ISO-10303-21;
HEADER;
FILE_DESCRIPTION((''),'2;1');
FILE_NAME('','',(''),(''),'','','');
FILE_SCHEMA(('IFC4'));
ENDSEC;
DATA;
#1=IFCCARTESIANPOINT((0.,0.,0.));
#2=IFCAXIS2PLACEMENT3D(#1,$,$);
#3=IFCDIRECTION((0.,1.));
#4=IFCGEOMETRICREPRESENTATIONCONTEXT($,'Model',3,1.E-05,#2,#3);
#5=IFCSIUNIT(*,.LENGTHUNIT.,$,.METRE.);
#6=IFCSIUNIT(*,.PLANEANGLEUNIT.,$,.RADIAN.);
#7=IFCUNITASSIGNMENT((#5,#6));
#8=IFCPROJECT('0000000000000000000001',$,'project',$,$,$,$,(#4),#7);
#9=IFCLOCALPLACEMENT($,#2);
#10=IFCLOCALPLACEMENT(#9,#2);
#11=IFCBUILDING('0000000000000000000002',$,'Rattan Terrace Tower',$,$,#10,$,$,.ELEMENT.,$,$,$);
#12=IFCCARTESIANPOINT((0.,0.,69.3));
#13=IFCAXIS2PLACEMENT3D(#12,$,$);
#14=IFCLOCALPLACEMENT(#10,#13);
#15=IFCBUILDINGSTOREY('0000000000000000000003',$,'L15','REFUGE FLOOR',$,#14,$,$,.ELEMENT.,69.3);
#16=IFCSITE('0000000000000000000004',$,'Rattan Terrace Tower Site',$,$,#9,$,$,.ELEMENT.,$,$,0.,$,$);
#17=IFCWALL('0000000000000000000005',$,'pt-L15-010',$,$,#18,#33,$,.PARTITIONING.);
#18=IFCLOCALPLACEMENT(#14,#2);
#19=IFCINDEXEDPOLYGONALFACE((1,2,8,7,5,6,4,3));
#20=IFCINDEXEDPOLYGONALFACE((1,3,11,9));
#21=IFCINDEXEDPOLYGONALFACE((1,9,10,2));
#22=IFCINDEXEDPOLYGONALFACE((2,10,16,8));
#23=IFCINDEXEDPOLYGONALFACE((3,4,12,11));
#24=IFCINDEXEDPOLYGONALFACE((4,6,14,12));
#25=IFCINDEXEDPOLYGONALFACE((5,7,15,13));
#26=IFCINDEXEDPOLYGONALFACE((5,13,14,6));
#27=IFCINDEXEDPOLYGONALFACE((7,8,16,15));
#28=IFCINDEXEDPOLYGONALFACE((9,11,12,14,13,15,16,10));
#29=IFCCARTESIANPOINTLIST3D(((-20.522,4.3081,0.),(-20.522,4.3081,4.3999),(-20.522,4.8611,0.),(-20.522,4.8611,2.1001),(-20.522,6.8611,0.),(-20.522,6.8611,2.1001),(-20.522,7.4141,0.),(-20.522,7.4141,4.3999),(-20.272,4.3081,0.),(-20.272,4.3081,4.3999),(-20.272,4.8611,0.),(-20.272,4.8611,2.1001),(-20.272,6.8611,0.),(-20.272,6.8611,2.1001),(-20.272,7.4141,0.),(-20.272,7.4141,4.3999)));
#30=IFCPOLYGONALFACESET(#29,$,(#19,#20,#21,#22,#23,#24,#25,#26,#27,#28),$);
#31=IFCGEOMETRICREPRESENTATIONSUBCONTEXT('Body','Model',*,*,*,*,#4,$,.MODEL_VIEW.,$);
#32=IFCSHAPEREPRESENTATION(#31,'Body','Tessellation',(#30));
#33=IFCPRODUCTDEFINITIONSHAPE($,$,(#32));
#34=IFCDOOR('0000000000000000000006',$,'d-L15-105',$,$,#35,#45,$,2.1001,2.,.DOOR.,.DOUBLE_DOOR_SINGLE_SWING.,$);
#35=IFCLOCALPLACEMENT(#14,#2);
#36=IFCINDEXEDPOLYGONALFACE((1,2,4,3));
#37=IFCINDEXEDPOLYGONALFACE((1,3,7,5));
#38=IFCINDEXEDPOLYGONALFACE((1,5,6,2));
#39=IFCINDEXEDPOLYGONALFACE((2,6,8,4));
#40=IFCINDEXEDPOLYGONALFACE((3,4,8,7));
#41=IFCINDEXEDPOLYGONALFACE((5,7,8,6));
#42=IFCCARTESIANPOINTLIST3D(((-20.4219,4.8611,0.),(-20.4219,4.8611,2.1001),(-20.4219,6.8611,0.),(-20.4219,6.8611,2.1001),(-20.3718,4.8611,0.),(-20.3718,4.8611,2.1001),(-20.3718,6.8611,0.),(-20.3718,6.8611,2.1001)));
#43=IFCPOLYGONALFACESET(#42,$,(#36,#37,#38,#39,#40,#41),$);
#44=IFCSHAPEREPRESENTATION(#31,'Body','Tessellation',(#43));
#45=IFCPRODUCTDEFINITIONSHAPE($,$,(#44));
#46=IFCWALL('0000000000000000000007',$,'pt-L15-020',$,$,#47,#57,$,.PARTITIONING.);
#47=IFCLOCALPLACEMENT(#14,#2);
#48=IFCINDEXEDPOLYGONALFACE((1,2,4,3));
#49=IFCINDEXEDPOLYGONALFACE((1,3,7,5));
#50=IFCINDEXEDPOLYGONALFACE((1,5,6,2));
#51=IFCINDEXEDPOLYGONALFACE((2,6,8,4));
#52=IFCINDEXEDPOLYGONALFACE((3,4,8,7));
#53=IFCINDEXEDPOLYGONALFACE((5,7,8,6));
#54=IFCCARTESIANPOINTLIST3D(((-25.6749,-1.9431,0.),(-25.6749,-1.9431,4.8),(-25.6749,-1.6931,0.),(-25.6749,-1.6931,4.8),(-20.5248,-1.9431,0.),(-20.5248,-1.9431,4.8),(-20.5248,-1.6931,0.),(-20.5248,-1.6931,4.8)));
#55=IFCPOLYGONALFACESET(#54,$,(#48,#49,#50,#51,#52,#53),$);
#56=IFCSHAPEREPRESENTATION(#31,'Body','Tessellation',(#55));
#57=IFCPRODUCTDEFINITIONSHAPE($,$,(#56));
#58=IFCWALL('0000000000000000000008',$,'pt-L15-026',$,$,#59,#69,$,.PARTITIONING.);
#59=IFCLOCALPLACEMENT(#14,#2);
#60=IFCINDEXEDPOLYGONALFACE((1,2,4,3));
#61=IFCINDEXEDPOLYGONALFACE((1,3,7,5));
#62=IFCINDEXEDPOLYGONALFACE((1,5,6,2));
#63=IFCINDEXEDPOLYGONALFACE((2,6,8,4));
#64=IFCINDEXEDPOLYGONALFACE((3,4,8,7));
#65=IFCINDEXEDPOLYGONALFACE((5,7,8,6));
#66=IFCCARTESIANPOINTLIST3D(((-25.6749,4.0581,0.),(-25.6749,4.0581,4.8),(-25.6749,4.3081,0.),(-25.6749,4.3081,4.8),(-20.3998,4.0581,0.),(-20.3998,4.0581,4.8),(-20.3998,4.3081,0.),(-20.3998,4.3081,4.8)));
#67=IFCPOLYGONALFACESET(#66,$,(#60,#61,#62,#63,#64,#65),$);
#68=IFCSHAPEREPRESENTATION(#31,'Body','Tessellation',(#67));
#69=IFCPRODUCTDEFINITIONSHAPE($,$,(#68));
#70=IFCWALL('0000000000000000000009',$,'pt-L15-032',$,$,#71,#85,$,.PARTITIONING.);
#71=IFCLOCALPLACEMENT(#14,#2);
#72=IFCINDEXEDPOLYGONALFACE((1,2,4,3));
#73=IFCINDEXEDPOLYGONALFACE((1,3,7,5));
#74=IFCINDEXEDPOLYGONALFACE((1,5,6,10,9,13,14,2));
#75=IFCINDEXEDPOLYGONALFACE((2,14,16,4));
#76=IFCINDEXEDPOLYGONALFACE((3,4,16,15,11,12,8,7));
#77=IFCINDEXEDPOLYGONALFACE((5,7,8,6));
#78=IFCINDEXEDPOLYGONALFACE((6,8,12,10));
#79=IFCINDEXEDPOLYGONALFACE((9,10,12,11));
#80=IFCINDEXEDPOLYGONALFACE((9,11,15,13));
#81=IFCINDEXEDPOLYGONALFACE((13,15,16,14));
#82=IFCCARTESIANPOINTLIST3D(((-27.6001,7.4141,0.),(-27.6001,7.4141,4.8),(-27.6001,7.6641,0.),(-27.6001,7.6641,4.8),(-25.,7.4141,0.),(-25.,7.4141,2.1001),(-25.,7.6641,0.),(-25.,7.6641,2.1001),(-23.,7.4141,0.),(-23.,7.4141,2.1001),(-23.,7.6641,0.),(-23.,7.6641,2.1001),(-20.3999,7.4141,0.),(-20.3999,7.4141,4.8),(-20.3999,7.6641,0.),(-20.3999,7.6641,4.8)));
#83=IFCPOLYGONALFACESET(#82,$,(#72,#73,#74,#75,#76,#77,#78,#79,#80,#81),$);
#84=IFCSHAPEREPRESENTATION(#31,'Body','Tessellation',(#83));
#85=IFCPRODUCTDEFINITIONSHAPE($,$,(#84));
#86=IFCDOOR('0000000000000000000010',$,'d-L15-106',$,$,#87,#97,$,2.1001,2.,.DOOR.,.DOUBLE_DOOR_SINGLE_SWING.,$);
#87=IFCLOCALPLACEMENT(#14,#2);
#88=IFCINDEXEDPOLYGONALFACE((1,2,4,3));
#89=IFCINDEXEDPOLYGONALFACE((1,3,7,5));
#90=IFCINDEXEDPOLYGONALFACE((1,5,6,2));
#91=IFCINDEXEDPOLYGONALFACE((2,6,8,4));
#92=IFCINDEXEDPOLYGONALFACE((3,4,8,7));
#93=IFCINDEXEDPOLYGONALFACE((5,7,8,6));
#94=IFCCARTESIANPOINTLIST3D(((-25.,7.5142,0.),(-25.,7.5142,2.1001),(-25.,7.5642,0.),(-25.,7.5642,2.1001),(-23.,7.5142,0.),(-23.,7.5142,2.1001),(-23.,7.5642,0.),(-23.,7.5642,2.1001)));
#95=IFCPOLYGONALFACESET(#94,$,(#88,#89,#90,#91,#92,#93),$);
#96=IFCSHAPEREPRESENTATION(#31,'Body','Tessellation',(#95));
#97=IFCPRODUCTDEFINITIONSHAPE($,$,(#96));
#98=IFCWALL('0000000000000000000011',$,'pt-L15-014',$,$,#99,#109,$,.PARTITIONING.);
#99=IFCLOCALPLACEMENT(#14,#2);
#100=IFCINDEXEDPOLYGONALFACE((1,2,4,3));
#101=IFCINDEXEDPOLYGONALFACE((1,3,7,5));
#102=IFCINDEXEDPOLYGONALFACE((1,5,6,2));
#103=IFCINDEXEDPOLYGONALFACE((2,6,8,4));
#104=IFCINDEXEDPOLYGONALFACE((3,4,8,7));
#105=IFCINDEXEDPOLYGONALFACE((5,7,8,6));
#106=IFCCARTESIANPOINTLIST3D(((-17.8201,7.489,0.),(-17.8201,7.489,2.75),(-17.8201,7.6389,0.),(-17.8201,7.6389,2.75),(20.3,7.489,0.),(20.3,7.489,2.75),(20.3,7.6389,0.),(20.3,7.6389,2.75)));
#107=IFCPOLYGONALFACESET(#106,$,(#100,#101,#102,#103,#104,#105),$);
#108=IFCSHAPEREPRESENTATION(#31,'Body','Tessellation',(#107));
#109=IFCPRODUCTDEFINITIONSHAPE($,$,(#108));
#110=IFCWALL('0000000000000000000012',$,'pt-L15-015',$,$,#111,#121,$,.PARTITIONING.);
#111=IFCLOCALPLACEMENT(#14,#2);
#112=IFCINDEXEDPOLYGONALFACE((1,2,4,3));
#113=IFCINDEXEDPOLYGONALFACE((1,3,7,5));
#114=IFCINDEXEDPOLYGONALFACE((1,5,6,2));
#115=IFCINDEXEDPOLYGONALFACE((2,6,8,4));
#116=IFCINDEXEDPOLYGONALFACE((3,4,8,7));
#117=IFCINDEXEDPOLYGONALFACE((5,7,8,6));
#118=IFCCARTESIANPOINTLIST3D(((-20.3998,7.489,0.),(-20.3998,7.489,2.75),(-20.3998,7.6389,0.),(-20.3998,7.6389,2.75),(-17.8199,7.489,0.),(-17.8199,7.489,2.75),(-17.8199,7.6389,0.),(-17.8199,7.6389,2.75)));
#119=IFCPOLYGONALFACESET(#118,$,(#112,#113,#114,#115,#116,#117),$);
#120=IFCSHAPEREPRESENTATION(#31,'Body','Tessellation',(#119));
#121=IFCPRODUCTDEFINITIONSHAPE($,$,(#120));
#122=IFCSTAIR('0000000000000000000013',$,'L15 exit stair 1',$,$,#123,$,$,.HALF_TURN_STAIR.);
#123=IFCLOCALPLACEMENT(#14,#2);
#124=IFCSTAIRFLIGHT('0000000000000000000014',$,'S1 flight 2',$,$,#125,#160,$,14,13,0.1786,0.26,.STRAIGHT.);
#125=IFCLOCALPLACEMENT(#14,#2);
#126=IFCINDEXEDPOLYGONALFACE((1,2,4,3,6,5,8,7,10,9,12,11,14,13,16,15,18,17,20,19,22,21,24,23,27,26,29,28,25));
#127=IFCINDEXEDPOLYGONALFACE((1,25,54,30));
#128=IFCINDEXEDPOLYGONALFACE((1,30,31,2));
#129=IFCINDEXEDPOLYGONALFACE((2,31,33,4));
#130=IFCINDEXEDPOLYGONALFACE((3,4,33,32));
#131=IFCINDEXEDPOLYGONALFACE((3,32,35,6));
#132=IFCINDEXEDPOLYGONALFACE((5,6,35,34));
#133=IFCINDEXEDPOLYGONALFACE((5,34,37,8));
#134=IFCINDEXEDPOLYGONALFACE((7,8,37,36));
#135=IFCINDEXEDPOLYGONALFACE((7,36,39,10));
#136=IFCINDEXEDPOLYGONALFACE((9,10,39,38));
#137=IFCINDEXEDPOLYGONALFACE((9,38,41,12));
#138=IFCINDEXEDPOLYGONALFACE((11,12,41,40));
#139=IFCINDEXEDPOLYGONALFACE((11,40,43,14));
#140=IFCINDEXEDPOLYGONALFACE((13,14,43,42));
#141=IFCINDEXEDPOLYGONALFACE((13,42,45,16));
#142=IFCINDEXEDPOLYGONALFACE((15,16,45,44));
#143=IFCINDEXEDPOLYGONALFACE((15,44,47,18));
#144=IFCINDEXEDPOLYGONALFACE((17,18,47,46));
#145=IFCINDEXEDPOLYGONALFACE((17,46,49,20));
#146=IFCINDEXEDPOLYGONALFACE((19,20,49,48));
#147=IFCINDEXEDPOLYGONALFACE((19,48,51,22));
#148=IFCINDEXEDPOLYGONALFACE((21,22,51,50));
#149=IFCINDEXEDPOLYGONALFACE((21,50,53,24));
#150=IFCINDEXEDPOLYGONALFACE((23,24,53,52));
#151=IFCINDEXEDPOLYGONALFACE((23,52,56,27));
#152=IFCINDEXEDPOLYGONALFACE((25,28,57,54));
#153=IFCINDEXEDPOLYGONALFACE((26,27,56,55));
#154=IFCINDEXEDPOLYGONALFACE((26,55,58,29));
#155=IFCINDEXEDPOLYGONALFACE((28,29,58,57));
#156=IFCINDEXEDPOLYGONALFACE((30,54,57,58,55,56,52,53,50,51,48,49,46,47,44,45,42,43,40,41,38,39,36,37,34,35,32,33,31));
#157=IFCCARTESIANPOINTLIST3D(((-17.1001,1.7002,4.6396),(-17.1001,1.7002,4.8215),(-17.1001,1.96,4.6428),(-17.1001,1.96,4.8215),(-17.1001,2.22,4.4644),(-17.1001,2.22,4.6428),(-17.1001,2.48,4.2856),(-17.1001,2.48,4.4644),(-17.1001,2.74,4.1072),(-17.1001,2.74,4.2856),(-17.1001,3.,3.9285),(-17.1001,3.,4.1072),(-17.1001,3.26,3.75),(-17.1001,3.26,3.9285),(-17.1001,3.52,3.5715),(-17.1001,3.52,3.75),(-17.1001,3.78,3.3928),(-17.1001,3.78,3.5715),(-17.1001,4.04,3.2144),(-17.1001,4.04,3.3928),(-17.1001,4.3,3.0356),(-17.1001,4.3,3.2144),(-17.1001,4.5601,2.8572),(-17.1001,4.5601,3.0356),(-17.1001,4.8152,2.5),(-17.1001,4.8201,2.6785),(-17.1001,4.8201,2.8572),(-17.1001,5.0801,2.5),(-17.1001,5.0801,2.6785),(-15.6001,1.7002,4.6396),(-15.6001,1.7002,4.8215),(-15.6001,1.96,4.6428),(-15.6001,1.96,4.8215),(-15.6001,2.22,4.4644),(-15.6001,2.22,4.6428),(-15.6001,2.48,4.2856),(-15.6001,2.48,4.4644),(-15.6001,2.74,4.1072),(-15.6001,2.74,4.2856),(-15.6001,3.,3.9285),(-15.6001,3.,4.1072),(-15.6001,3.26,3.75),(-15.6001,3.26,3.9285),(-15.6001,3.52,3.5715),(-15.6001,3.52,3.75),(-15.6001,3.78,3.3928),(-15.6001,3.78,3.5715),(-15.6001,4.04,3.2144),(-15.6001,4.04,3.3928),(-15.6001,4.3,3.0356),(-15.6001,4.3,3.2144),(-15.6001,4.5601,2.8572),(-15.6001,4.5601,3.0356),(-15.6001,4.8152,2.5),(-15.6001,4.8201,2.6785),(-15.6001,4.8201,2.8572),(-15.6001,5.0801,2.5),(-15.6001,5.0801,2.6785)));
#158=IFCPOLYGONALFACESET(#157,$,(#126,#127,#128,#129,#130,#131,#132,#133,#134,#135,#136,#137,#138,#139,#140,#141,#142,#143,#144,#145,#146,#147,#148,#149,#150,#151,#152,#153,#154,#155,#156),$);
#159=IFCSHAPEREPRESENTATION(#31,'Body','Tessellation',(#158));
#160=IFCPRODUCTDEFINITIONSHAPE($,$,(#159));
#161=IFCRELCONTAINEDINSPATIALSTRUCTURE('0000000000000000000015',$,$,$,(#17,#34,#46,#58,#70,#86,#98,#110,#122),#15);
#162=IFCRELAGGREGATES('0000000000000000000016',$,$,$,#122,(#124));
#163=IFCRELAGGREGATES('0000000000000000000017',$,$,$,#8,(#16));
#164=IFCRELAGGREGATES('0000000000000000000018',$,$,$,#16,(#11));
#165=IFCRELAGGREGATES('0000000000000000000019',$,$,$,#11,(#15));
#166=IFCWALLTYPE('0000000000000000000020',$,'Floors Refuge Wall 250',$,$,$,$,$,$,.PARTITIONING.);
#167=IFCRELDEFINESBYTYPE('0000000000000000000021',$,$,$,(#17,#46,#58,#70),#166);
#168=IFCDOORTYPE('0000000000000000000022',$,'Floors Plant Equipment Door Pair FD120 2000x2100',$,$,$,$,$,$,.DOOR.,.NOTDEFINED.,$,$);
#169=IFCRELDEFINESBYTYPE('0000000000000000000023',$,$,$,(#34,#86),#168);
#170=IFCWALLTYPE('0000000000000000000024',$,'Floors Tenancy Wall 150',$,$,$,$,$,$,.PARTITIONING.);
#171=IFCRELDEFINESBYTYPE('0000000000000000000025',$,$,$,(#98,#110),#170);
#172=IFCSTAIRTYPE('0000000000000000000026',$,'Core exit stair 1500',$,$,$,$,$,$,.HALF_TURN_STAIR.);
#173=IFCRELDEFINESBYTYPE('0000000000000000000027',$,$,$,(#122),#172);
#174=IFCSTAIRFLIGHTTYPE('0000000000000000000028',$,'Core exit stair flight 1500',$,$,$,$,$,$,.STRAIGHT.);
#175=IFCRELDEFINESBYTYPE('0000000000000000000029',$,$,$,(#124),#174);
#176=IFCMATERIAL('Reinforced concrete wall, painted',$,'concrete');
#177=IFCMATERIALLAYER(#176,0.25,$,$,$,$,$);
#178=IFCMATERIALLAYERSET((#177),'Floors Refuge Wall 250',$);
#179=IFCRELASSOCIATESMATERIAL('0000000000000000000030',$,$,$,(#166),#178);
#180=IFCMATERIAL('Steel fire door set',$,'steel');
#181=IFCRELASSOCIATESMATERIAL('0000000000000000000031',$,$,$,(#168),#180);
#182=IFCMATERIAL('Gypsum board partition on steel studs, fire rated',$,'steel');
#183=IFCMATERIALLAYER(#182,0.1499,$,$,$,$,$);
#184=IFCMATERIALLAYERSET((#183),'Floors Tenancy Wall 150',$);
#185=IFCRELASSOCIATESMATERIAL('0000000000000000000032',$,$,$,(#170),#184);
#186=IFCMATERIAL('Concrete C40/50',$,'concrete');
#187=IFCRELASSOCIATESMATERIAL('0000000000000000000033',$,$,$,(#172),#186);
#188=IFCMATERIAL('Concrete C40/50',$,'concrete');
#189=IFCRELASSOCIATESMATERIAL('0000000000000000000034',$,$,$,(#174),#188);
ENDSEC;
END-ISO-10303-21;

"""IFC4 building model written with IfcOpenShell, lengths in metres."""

from ifc_helpers import new_model, si_unit, direction, frame, frame_2d, origin, place, context, subcontext, project, spatial, polyline, rectangle, outline, extrude, material, layer, layer_set, type_object, element, fill, aggregate, save


model = new_model("IFC4")

# Units and contexts
model_context = context("Model", 3, precision=1e-05, world=origin(), true_north=direction((0.0, 1.0)))
body_context = subcontext(model_context, "Body", "Model", "MODEL_VIEW")
ifc_project = project(units=[si_unit("LENGTHUNIT", "METRE"), si_unit("PLANEANGLEUNIT", "RADIAN")], contexts=[model_context])

# Site, building, storey
site_placement = place(None, origin())
site = spatial("IfcSite", under=ifc_project, at=site_placement, Name="Rattan Terrace Tower Site", CompositionType="ELEMENT", RefElevation=0.0)
building_placement = place(site_placement, origin())
building = spatial("IfcBuilding", under=site, at=building_placement, Name="Rattan Terrace Tower", CompositionType="ELEMENT")
storey_placement = place(building_placement, frame((0.0, 0.0, 69.3)))
storey = spatial("IfcBuildingStorey", under=building, at=storey_placement, Name="L15", Description="REFUGE FLOOR", CompositionType="ELEMENT", Elevation=69.3)

# Wall, opening, door
ifc_material_1 = material(Name="Reinforced concrete wall, painted", Category="concrete")
ifc_layer_1 = layer(ifc_material_1, 0.25)
ifc_layer_set_1 = layer_set([ifc_layer_1], Name="Floors Refuge Wall 250")
wall_type_1 = type_object("IfcWallType", Name="Floors Refuge Wall 250", PredefinedType="PARTITIONING", material=ifc_layer_set_1)
wall_1_placement = place(storey_placement, frame((-20.397, 4.3081, 0.0), z_axis=(0.0, 0.0, 1.0), x_axis=(0.0, 1.0, 0.0)))
wall_1 = element("IfcWall", 1, at=wall_1_placement, inside=storey, type_object=wall_type_1, Name="pt-L15-010", PredefinedType="PARTITIONING", context=body_context, shape_type="SweptSolid", body=[
    extrude(rectangle(XDim=3.106, YDim=0.25, at=frame_2d((1.553, 0.0))), origin(), (0.0, 0.0, 1.0), 4.3999),
])
opening_1_placement = place(wall_1_placement, frame((0.553, 0.0, 0.0)))
opening_1 = element("IfcOpeningElement", 2, at=opening_1_placement, cuts=wall_1, PredefinedType="OPENING", context=body_context, shape_type="SweptSolid", body=[
    extrude(rectangle(XDim=2.0, YDim=2.1001, at=frame_2d((1.0, 1.05))), frame((0.0, 0.1355, 0.0), z_axis=(0.0, -1.0, 0.0), x_axis=(1.0, 0.0, 0.0)), (0.0, 0.0, 1.0), 0.271),
])
ifc_material_2 = material(Name="Steel fire door set", Category="steel")
door_type_1 = type_object("IfcDoorType", Name="Floors Plant Equipment Door Pair FD120 2000x2100", OperationType="NOTDEFINED", PredefinedType="DOOR", material=ifc_material_2)
door_1_placement = place(opening_1_placement, origin())
door_1 = element("IfcDoor", 3, at=door_1_placement, inside=storey, type_object=door_type_1, Name="d-L15-105", OperationType="DOUBLE_DOOR_SINGLE_SWING", OverallHeight=2.1001, OverallWidth=2.0, PredefinedType="DOOR", context=body_context, shape_type="SweptSolid", body=[
    extrude(rectangle(XDim=2.0, YDim=2.1001, at=frame_2d((1.0, 1.05))), frame((0.0, 0.0249, 0.0), z_axis=(0.0, -1.0, 0.0), x_axis=(1.0, 0.0, 0.0)), (0.0, 0.0, 1.0), 0.05),
])
fill(opening_1, door_1)

# Walls
wall_2_placement = place(storey_placement, frame((-25.675, -1.8181, 0.0), z_axis=(0.0, 0.0, 1.0), x_axis=(1.0, 0.0, 0.0)))
element("IfcWall", 4, at=wall_2_placement, inside=storey, type_object=wall_type_1, Name="pt-L15-020", PredefinedType="PARTITIONING", context=body_context, shape_type="SweptSolid", body=[
    extrude(rectangle(XDim=5.1501, YDim=0.25, at=frame_2d((2.5752, 0.0))), origin(), (0.0, 0.0, 1.0), 4.8),
])
wall_3_placement = place(storey_placement, frame((-25.675, 4.1831, 0.0), z_axis=(0.0, 0.0, 1.0), x_axis=(1.0, 0.0, 0.0)))
element("IfcWall", 5, at=wall_3_placement, inside=storey, type_object=wall_type_1, Name="pt-L15-026", PredefinedType="PARTITIONING", context=body_context, shape_type="SweptSolid", body=[
    extrude(rectangle(XDim=5.2751, YDim=0.25, at=frame_2d((2.6377, 0.0))), origin(), (0.0, 0.0, 1.0), 4.8),
])

# Wall, opening, door
wall_4_placement = place(storey_placement, frame((-20.3999, 7.5391, 0.0), z_axis=(0.0, 0.0, 1.0), x_axis=(-1.0, 0.0, 0.0)))
wall_4 = element("IfcWall", 6, at=wall_4_placement, inside=storey, type_object=wall_type_1, Name="pt-L15-032", PredefinedType="PARTITIONING", context=body_context, shape_type="SweptSolid", body=[
    extrude(rectangle(XDim=7.2002, YDim=0.25, at=frame_2d((3.6001, 0.0))), origin(), (0.0, 0.0, 1.0), 4.8),
])
opening_2_placement = place(wall_4_placement, frame((2.6001, 0.0, 0.0)))
opening_2 = element("IfcOpeningElement", 7, at=opening_2_placement, cuts=wall_4, PredefinedType="OPENING", context=body_context, shape_type="SweptSolid", body=[
    extrude(rectangle(XDim=2.0, YDim=2.1001, at=frame_2d((1.0, 1.05))), frame((0.0, 0.1355, 0.0), z_axis=(0.0, -1.0, 0.0), x_axis=(1.0, 0.0, 0.0)), (0.0, 0.0, 1.0), 0.271),
])
door_2_placement = place(opening_2_placement, origin())
door_2 = element("IfcDoor", 8, at=door_2_placement, inside=storey, type_object=door_type_1, Name="d-L15-106", OperationType="DOUBLE_DOOR_SINGLE_SWING", OverallHeight=2.1001, OverallWidth=2.0, PredefinedType="DOOR", context=body_context, shape_type="SweptSolid", body=[
    extrude(rectangle(XDim=2.0, YDim=2.1001, at=frame_2d((1.0, 1.05))), frame((0.0, 0.0249, 0.0), z_axis=(0.0, -1.0, 0.0), x_axis=(1.0, 0.0, 0.0)), (0.0, 0.0, 1.0), 0.05),
])
fill(opening_2, door_2)

# Walls
ifc_material_3 = material(Name="Gypsum board partition on steel studs, fire rated", Category="steel")
ifc_layer_2 = layer(ifc_material_3, 0.1499)
ifc_layer_set_2 = layer_set([ifc_layer_2], Name="Floors Tenancy Wall 150")
wall_type_2 = type_object("IfcWallType", Name="Floors Tenancy Wall 150", PredefinedType="PARTITIONING", material=ifc_layer_set_2)
wall_5_placement = place(storey_placement, frame((-17.8201, 7.564, 0.0), z_axis=(0.0, 0.0, 1.0), x_axis=(1.0, 0.0, 0.0)))
element("IfcWall", 9, at=wall_5_placement, inside=storey, type_object=wall_type_2, Name="pt-L15-014", PredefinedType="PARTITIONING", context=body_context, shape_type="SweptSolid", body=[
    extrude(rectangle(XDim=38.1201, YDim=0.1499, at=frame_2d((19.0601, 0.0))), origin(), (0.0, 0.0, 1.0), 2.75),
])
wall_6_placement = place(storey_placement, frame((-20.3999, 7.564, 0.0), z_axis=(0.0, 0.0, 1.0), x_axis=(1.0, 0.0, 0.0)))
element("IfcWall", 10, at=wall_6_placement, inside=storey, type_object=wall_type_2, Name="pt-L15-015", PredefinedType="PARTITIONING", context=body_context, shape_type="SweptSolid", body=[
    extrude(rectangle(XDim=2.5798, YDim=0.1499, at=frame_2d((1.29, 0.0))), origin(), (0.0, 0.0, 1.0), 2.75),
])

# Stair, stair flight
ifc_material_4 = material(Name="Concrete C40/50", Category="concrete")
stair_type = type_object("IfcStairType", Name="Core exit stair 1500", PredefinedType="HALF_TURN_STAIR", material=ifc_material_4)
stair_placement = place(storey_placement, origin())
stair = element("IfcStair", 11, at=stair_placement, inside=storey, type_object=stair_type, Name="L15 exit stair 1", PredefinedType="HALF_TURN_STAIR")
ifc_material_5 = material(Name="Concrete C40/50", Category="concrete")
stair_flight_type = type_object("IfcStairFlightType", Name="Core exit stair flight 1500", PredefinedType="STRAIGHT", material=ifc_material_5)
stair_flight_placement = place(storey_placement, frame((-16.3501, 5.0801, 2.5), z_axis=(0.0, 0.0, 1.0), x_axis=(0.0, -1.0, 0.0)))
stair_flight = element("IfcStairFlight", 12, at=stair_flight_placement, type_object=stair_flight_type, Name="S1 flight 2", NumberOfRisers=14, NumberOfTreads=13, PredefinedType="STRAIGHT", RiserHeight=0.1786, TreadLength=0.26, context=body_context, shape_type="SweptSolid", body=[
    extrude(outline(polyline([(0.0, 0.0), (0.0, 0.1785), (0.26, 0.1785), (0.26, 0.3572), (0.52, 0.3572), (0.52, 0.5356), (0.78, 0.5356), (0.78, 0.7144), (1.04, 0.7144), (1.04, 0.8928), (1.3, 0.8928), (1.3, 1.0715), (1.5601, 1.0715), (1.5601, 1.25), (1.8201, 1.25), (1.8201, 1.4285), (2.0801, 1.4285), (2.0801, 1.6072), (2.3401, 1.6072), (2.3401, 1.7856), (2.6001, 1.7856), (2.6001, 1.9644), (2.8601, 1.9644), (2.8601, 2.1428), (3.1201, 2.1428), (3.1201, 2.3215), (3.3799, 2.3215), (3.3799, 2.5), (3.3799, 2.1396), (0.2649, 0.0), (0.0, 0.0)])), frame((0.0, 0.75, 0.0), z_axis=(0.0, -1.0, 0.0), x_axis=(1.0, 0.0, 0.0)), (0.0, 0.0, 1.0), 1.5),
])
aggregate(stair, [stair_flight])

save(model, "model.ifc")
